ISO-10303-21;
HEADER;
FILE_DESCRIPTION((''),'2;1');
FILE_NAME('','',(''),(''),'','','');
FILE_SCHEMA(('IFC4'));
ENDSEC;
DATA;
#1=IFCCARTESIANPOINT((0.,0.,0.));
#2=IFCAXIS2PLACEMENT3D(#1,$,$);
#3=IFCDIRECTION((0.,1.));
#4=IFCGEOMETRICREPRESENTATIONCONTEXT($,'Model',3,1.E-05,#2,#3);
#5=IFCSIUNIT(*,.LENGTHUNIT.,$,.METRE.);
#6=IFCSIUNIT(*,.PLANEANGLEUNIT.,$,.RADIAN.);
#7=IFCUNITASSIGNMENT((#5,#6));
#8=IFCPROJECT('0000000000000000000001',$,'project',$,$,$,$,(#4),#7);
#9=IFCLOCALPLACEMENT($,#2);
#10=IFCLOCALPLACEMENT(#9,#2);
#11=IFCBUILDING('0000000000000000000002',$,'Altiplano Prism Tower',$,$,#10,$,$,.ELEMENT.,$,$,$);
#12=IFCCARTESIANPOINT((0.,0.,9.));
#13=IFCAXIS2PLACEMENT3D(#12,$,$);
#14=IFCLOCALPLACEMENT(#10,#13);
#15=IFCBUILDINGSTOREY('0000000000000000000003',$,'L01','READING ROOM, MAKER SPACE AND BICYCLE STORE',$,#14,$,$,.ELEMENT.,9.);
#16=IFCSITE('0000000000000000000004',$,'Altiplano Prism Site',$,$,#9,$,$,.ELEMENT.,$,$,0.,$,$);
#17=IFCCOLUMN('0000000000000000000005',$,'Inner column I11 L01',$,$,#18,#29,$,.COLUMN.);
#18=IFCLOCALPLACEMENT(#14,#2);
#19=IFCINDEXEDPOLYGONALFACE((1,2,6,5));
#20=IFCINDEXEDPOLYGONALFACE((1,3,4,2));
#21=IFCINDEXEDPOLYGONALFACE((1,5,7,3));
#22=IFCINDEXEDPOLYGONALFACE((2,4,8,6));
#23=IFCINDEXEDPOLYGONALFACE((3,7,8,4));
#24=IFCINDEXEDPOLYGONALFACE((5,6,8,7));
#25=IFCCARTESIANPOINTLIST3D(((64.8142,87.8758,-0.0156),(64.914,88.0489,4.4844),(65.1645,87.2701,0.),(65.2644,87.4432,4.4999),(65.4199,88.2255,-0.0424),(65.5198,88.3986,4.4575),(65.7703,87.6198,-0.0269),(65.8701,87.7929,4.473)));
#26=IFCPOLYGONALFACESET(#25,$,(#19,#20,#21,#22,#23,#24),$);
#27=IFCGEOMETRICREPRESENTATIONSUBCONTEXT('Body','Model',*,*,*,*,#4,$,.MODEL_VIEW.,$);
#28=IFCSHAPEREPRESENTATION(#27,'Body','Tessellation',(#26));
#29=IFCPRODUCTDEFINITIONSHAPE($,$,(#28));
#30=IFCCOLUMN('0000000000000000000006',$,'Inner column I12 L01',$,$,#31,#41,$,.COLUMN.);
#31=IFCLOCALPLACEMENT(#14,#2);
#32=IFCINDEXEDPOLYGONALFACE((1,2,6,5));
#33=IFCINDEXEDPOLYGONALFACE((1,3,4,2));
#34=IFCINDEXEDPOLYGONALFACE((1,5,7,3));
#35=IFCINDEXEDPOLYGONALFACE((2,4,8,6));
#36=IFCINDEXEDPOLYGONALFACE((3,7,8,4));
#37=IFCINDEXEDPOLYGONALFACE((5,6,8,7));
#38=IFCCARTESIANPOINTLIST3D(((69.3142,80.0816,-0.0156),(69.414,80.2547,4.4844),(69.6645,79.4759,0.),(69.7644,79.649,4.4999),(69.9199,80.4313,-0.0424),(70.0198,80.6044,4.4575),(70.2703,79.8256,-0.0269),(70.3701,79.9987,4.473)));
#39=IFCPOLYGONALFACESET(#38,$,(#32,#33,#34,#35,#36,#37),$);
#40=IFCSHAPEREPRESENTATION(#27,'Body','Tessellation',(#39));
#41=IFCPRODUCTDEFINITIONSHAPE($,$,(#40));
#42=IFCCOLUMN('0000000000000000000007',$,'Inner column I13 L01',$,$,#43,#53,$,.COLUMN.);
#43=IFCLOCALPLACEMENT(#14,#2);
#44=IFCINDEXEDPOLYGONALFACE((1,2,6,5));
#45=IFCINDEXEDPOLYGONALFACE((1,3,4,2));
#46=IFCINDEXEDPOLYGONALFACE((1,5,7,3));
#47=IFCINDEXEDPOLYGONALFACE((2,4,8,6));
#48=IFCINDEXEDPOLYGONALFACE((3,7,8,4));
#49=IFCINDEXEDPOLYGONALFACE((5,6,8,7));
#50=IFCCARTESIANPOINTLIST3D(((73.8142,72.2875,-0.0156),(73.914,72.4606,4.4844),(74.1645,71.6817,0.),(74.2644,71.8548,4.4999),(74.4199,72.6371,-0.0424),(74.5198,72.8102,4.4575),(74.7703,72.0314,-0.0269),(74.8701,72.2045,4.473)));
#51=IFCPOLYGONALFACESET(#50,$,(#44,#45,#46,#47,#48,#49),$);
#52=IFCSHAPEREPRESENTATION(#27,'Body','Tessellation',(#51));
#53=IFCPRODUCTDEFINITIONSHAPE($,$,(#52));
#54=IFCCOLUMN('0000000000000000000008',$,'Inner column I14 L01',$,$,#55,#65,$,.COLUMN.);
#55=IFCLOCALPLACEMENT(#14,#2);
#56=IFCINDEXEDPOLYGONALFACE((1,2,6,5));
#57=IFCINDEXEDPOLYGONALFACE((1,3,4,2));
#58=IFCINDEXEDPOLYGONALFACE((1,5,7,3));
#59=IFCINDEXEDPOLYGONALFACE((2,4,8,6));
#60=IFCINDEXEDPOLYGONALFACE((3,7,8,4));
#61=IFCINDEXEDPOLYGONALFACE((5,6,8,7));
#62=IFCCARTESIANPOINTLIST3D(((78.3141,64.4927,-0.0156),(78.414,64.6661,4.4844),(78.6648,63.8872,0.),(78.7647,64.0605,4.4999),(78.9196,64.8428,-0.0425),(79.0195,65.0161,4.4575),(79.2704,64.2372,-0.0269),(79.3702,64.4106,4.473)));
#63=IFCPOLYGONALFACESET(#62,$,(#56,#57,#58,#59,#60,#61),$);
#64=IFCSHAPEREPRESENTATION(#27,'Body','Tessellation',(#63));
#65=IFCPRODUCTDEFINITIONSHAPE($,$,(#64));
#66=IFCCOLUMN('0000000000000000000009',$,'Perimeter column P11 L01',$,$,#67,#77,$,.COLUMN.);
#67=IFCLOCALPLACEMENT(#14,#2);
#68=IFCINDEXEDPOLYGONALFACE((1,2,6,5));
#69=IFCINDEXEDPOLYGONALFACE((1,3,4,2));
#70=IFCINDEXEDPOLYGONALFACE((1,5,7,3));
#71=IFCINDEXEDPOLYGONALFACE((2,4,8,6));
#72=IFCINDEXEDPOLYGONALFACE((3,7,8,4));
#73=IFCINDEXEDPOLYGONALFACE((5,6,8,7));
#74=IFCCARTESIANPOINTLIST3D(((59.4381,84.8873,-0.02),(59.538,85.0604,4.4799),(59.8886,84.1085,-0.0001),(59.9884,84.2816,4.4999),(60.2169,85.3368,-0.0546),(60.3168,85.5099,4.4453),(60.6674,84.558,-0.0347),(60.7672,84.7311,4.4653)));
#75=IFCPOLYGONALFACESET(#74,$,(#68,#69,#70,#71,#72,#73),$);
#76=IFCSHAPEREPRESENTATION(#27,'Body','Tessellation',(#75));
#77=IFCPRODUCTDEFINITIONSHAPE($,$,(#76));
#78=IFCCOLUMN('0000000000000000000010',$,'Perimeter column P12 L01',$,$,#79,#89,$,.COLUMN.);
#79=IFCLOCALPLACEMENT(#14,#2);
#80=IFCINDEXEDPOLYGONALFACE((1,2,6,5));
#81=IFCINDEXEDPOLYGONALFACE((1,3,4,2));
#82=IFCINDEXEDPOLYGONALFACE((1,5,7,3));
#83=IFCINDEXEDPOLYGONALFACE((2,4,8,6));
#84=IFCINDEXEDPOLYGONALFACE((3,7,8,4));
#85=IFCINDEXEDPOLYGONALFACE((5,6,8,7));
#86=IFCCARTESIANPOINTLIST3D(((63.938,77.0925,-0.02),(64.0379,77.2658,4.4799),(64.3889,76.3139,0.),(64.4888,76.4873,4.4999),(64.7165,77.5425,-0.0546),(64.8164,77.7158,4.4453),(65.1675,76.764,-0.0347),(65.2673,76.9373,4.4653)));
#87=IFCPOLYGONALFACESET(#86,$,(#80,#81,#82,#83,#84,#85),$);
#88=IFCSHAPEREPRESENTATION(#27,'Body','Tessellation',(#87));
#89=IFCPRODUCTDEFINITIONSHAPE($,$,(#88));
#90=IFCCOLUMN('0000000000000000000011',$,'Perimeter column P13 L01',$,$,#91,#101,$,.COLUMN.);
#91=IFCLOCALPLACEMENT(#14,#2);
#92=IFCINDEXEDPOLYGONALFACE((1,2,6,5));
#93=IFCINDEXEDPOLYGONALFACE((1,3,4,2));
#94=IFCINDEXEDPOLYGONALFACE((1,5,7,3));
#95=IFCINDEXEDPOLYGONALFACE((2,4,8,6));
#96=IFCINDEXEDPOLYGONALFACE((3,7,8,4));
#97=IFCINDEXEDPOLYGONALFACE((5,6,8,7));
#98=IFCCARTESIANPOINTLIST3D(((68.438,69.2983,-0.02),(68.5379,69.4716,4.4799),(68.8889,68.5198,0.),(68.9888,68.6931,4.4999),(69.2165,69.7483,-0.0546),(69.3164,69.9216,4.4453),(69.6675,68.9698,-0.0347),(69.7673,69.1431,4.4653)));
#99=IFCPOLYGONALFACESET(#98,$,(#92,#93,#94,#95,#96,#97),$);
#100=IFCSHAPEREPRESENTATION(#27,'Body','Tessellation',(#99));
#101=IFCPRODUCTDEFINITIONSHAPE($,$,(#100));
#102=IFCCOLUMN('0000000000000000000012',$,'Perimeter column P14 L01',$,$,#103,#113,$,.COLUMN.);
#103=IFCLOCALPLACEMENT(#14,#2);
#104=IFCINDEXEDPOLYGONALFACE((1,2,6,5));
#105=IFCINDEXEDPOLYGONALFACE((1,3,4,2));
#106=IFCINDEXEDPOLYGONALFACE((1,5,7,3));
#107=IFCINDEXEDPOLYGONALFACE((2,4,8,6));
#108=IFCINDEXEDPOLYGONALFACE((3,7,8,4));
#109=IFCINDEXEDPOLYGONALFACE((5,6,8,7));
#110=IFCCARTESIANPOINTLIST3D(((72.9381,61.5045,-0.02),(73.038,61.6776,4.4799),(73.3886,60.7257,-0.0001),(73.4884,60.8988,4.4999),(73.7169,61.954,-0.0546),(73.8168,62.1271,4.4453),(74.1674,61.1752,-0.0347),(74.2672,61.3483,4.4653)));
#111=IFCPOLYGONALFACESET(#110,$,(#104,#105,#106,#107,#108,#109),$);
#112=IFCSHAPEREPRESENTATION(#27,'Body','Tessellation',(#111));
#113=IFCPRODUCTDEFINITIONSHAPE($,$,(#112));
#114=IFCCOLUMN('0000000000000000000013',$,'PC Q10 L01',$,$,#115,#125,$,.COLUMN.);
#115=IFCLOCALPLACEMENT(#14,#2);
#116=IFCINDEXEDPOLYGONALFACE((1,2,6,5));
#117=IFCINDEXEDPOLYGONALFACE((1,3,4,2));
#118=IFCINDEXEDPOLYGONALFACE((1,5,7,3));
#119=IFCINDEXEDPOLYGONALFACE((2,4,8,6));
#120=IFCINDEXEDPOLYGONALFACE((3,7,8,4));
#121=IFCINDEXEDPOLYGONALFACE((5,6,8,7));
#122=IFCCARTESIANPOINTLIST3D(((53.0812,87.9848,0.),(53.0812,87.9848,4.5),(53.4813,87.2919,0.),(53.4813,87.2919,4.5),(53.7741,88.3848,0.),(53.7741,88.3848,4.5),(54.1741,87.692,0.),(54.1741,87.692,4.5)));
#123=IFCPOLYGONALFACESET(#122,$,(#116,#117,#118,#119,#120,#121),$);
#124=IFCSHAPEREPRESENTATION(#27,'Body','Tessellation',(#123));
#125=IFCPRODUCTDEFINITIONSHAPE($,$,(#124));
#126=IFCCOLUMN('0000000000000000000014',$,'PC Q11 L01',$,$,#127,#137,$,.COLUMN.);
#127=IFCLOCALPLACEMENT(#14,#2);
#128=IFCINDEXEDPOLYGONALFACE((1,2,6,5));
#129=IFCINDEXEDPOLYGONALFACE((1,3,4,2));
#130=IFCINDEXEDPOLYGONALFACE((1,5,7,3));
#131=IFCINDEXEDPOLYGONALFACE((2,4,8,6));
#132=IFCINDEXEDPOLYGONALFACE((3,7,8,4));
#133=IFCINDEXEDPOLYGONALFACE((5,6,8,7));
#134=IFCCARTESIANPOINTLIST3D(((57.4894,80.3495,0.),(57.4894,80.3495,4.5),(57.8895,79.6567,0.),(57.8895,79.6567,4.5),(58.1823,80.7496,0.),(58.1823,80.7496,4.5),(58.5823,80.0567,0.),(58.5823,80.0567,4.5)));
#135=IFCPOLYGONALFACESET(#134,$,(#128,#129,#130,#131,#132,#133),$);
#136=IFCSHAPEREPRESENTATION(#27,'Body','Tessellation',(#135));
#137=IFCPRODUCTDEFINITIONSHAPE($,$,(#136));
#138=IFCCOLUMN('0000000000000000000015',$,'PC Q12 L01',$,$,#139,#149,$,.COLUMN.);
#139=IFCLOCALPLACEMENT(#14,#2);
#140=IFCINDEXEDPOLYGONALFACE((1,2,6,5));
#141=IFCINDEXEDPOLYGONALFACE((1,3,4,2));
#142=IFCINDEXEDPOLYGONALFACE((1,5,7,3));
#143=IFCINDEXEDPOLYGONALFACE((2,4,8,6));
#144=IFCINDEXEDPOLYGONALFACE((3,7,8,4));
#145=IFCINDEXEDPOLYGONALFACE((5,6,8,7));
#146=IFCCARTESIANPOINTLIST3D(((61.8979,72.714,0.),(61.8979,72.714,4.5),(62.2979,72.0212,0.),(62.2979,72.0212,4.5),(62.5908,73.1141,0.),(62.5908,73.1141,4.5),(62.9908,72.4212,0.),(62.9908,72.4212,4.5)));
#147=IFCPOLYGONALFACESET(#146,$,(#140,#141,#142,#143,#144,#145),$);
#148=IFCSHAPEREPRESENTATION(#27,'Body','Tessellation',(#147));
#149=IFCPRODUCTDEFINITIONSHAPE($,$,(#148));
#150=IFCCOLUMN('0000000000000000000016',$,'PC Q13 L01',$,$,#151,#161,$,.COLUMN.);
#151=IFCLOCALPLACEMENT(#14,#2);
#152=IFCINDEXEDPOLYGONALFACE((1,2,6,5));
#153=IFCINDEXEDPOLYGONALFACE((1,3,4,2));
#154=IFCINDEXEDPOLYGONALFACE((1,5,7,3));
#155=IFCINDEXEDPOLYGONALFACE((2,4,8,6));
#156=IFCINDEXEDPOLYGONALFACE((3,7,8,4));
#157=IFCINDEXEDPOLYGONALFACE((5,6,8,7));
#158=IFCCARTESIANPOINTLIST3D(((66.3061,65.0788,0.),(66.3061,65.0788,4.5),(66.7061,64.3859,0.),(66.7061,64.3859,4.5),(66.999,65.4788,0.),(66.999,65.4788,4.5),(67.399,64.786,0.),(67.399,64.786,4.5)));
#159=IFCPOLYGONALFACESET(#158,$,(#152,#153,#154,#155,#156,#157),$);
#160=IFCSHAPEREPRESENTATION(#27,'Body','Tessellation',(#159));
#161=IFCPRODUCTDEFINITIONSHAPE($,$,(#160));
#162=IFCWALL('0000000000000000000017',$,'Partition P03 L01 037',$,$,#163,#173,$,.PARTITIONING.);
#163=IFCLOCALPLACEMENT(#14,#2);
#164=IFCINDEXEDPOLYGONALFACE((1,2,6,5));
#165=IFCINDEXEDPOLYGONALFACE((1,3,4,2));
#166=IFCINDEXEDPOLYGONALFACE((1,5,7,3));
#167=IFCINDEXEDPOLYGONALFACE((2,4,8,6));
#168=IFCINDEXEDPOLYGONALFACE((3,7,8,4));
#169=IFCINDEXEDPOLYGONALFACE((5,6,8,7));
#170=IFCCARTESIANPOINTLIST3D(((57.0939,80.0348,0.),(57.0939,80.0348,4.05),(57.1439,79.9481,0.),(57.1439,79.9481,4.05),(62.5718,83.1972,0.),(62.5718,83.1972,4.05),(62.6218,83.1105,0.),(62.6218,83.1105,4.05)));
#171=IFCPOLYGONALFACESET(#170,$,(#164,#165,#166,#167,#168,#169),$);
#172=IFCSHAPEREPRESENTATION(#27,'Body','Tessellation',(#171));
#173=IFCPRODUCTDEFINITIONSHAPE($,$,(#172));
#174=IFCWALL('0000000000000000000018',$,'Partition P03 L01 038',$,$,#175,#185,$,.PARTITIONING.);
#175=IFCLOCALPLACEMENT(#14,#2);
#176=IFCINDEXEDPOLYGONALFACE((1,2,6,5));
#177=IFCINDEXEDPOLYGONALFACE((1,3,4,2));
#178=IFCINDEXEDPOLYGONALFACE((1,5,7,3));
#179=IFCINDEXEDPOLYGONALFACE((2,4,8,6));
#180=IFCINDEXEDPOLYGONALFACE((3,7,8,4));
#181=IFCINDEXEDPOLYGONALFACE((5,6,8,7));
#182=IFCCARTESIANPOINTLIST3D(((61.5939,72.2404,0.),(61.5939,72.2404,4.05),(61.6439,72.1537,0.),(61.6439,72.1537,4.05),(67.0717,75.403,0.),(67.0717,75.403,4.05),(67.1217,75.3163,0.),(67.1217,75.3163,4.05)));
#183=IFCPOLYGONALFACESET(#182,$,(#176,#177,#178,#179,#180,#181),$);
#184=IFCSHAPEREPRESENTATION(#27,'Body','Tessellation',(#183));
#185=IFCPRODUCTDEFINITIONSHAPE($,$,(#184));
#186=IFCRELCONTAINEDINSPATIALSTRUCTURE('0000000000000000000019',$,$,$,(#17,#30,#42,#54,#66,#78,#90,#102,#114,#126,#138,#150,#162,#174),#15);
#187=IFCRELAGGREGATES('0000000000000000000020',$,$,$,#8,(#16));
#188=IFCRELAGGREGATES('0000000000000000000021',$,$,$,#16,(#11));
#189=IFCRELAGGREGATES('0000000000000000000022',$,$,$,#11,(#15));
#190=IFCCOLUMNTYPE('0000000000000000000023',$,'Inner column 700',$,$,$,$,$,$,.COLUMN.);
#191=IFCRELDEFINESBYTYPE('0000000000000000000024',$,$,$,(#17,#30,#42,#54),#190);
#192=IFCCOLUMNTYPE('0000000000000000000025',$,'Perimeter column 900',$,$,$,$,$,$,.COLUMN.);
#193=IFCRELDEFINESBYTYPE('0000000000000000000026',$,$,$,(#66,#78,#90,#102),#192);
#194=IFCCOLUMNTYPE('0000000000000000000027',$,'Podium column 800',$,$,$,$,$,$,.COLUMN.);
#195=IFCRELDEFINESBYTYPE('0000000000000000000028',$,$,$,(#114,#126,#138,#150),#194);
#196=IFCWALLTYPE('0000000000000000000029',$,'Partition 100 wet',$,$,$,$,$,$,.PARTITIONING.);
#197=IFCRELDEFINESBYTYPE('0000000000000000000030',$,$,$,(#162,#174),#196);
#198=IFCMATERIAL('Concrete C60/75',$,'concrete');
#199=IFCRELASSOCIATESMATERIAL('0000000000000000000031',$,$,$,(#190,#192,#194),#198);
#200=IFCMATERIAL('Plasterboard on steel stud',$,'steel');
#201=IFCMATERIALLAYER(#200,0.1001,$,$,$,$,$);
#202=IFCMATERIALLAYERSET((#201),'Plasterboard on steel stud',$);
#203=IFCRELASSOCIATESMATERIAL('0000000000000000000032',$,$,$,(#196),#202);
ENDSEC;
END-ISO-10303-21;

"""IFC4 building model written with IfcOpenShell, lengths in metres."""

from ifc_helpers import new_model, si_unit, direction, frame, frame_2d, origin, origin_2d, place, context, subcontext, project, spatial, rectangle, extrude, material, layer, layer_set, material_profile, profile_set, type_object, element, save


model = new_model("IFC4")

# Units and contexts
model_context = context("Model", 3, precision=1e-05, world=origin(), true_north=direction((0.0, 1.0)))
body_context = subcontext(model_context, "Body", "Model", "MODEL_VIEW")
ifc_project = project(units=[si_unit("LENGTHUNIT", "METRE"), si_unit("PLANEANGLEUNIT", "RADIAN")], contexts=[model_context])

# Site, building, storey
site_placement = place(None, origin())
site = spatial("IfcSite", under=ifc_project, at=site_placement, Name="Altiplano Prism Site", CompositionType="ELEMENT", RefElevation=0.0)
building_placement = place(site_placement, origin())
building = spatial("IfcBuilding", under=site, at=building_placement, Name="Altiplano Prism Tower", CompositionType="ELEMENT")
storey_placement = place(building_placement, frame((0.0, 0.0, 9.0)))
storey = spatial("IfcBuildingStorey", under=building, at=storey_placement, Name="L01", Description="READING ROOM, MAKER SPACE AND BICYCLE STORE", CompositionType="ELEMENT", Elevation=9.0)

# Columns
ifc_material_1 = material(Name="Concrete C60/75", Category="concrete")
ifc_material_profile_1 = material_profile(ifc_material_1, rectangle(XDim=0.7, YDim=0.7, at=origin_2d()), Name="Inner column 700")
ifc_profile_set_1 = profile_set([ifc_material_profile_1], Name="Concrete C60/75")
column_type_1 = type_object("IfcColumnType", Name="Inner column 700", PredefinedType="COLUMN", material=ifc_profile_set_1)
for number, where, z_axis, x_axis, name in (
    (1, (65.2922, 87.7478, -0.0212), (0.022168, 0.038428, 0.999015), (-0.865419, -0.499573, 0.03842), "Inner column I11 L01"),
    (2, (69.7922, 79.9536, -0.0212), (0.022168, 0.038428, 0.999015), (-0.865417, -0.499577, 0.03842), "Inner column I12 L01"),
    (3, (74.2922, 72.1594, -0.0212), (0.022168, 0.038428, 0.999015), (-0.865419, -0.499573, 0.03842), "Inner column I13 L01"),
    (4, (78.7922, 64.365, -0.0212), (0.022168, 0.038482, 0.999013), (-0.865114, -0.500099, 0.03846), "Inner column I14 L01"),
):
    element("IfcColumn", number, at=place(storey_placement, frame(where, z_axis=z_axis, x_axis=x_axis)), inside=storey, type_object=column_type_1, Name=name, PredefinedType="COLUMN", context=body_context, shape_type="SweptSolid", body=[
        extrude(rectangle(XDim=0.7, YDim=0.7, at=origin_2d()), origin(), (0.0, 0.0, 1.0), 4.5044),
    ])
ifc_material_profile_2 = material_profile(ifc_material_1, rectangle(XDim=0.8999, YDim=0.8999, at=origin_2d()), Name="Perimeter column 900")
ifc_profile_set_2 = profile_set([ifc_material_profile_2], Name="Concrete C60/75")
column_type_2 = type_object("IfcColumnType", Name="Perimeter column 900", PredefinedType="COLUMN", material=ifc_profile_set_2)
for number, where, z_axis, x_axis, name in (
    (5, (60.0527, 84.7227, -0.0273), (0.022168, 0.038428, 0.999015), (-0.865417, -0.499577, 0.03842), "Perimeter column P11 L01"),
    (6, (64.5527, 76.9282, -0.0273), (0.022168, 0.038482, 0.999013), (-0.865111, -0.500103, 0.03846), "Perimeter column P12 L01"),
    (7, (69.0527, 69.134, -0.0273), (0.022168, 0.038482, 0.999013), (-0.865114, -0.500099, 0.03846), "Perimeter column P13 L01"),
    (8, (73.5527, 61.3398, -0.0273), (0.022168, 0.038428, 0.999015), (-0.865419, -0.499573, 0.03842), "Perimeter column P14 L01"),
):
    element("IfcColumn", number, at=place(storey_placement, frame(where, z_axis=z_axis, x_axis=x_axis)), inside=storey, type_object=column_type_2, Name=name, PredefinedType="COLUMN", context=body_context, shape_type="SweptSolid", body=[
        extrude(rectangle(XDim=0.8999, YDim=0.8999, at=origin_2d()), origin(), (0.0, 0.0, 1.0), 4.5044),
    ])
ifc_material_profile_3 = material_profile(ifc_material_1, rectangle(XDim=0.8, YDim=0.8, at=origin_2d()), Name="Podium column 800")
ifc_profile_set_3 = profile_set([ifc_material_profile_3], Name="Concrete C60/75")
column_type_3 = type_object("IfcColumnType", Name="Podium column 800", PredefinedType="COLUMN", material=ifc_profile_set_3)
for number, where, z_axis, x_axis, name in (
    (9, (53.6277, 87.8384, 0.0), (0.0, 0.0, 1.0), (0.866025, 0.5, 0.0), "PC Q10 L01"),
    (10, (58.0359, 80.2031, 0.0), (0.0, 0.0, 1.0), (0.866025, 0.5, 0.0), "PC Q11 L01"),
    (11, (62.4443, 72.5676, 0.0), (0.0, 0.0, 1.0), (0.866025, 0.5, 0.0), "PC Q12 L01"),
    (12, (66.8525, 64.9324, 0.0), (0.0, 0.0, 1.0), (0.866025, 0.5, 0.0), "PC Q13 L01"),
):
    element("IfcColumn", number, at=place(storey_placement, frame(where, z_axis=z_axis, x_axis=x_axis)), inside=storey, type_object=column_type_3, Name=name, PredefinedType="COLUMN", context=body_context, shape_type="SweptSolid", body=[
        extrude(rectangle(XDim=0.8, YDim=0.8, at=origin_2d()), origin(), (0.0, 0.0, 1.0), 4.5),
    ])

# Walls
ifc_material_2 = material(Name="Plasterboard on steel stud", Category="steel")
ifc_layer_1 = layer(ifc_material_2, 0.1001)
ifc_layer_set_1 = layer_set([ifc_layer_1], Name="Plasterboard on steel stud")
wall_type_1 = type_object("IfcWallType", Name="Partition 100 wet", PredefinedType="PARTITIONING", material=ifc_layer_set_1)
for number, where, z_axis, x_axis, name in (
    (13, (57.1189, 79.9915, 0.0), (0.0, 0.0, 1.0), (0.866042, 0.499971, 0.0), "Partition P03 L01 037"),
    (14, (61.6189, 72.197, 0.0), (0.0, 0.0, 1.0), (0.866026, 0.5, 0.0), "Partition P03 L01 038"),
):
    element("IfcWall", number, at=place(storey_placement, frame(where, z_axis=z_axis, x_axis=x_axis)), inside=storey, type_object=wall_type_1, Name=name, PredefinedType="PARTITIONING", context=body_context, shape_type="SweptSolid", body=[
        extrude(rectangle(XDim=6.3252, YDim=0.1001, at=frame_2d((3.1626, 0.0))), origin(), (0.0, 0.0, 1.0), 4.05),
    ])

save(model, "model.ifc")
